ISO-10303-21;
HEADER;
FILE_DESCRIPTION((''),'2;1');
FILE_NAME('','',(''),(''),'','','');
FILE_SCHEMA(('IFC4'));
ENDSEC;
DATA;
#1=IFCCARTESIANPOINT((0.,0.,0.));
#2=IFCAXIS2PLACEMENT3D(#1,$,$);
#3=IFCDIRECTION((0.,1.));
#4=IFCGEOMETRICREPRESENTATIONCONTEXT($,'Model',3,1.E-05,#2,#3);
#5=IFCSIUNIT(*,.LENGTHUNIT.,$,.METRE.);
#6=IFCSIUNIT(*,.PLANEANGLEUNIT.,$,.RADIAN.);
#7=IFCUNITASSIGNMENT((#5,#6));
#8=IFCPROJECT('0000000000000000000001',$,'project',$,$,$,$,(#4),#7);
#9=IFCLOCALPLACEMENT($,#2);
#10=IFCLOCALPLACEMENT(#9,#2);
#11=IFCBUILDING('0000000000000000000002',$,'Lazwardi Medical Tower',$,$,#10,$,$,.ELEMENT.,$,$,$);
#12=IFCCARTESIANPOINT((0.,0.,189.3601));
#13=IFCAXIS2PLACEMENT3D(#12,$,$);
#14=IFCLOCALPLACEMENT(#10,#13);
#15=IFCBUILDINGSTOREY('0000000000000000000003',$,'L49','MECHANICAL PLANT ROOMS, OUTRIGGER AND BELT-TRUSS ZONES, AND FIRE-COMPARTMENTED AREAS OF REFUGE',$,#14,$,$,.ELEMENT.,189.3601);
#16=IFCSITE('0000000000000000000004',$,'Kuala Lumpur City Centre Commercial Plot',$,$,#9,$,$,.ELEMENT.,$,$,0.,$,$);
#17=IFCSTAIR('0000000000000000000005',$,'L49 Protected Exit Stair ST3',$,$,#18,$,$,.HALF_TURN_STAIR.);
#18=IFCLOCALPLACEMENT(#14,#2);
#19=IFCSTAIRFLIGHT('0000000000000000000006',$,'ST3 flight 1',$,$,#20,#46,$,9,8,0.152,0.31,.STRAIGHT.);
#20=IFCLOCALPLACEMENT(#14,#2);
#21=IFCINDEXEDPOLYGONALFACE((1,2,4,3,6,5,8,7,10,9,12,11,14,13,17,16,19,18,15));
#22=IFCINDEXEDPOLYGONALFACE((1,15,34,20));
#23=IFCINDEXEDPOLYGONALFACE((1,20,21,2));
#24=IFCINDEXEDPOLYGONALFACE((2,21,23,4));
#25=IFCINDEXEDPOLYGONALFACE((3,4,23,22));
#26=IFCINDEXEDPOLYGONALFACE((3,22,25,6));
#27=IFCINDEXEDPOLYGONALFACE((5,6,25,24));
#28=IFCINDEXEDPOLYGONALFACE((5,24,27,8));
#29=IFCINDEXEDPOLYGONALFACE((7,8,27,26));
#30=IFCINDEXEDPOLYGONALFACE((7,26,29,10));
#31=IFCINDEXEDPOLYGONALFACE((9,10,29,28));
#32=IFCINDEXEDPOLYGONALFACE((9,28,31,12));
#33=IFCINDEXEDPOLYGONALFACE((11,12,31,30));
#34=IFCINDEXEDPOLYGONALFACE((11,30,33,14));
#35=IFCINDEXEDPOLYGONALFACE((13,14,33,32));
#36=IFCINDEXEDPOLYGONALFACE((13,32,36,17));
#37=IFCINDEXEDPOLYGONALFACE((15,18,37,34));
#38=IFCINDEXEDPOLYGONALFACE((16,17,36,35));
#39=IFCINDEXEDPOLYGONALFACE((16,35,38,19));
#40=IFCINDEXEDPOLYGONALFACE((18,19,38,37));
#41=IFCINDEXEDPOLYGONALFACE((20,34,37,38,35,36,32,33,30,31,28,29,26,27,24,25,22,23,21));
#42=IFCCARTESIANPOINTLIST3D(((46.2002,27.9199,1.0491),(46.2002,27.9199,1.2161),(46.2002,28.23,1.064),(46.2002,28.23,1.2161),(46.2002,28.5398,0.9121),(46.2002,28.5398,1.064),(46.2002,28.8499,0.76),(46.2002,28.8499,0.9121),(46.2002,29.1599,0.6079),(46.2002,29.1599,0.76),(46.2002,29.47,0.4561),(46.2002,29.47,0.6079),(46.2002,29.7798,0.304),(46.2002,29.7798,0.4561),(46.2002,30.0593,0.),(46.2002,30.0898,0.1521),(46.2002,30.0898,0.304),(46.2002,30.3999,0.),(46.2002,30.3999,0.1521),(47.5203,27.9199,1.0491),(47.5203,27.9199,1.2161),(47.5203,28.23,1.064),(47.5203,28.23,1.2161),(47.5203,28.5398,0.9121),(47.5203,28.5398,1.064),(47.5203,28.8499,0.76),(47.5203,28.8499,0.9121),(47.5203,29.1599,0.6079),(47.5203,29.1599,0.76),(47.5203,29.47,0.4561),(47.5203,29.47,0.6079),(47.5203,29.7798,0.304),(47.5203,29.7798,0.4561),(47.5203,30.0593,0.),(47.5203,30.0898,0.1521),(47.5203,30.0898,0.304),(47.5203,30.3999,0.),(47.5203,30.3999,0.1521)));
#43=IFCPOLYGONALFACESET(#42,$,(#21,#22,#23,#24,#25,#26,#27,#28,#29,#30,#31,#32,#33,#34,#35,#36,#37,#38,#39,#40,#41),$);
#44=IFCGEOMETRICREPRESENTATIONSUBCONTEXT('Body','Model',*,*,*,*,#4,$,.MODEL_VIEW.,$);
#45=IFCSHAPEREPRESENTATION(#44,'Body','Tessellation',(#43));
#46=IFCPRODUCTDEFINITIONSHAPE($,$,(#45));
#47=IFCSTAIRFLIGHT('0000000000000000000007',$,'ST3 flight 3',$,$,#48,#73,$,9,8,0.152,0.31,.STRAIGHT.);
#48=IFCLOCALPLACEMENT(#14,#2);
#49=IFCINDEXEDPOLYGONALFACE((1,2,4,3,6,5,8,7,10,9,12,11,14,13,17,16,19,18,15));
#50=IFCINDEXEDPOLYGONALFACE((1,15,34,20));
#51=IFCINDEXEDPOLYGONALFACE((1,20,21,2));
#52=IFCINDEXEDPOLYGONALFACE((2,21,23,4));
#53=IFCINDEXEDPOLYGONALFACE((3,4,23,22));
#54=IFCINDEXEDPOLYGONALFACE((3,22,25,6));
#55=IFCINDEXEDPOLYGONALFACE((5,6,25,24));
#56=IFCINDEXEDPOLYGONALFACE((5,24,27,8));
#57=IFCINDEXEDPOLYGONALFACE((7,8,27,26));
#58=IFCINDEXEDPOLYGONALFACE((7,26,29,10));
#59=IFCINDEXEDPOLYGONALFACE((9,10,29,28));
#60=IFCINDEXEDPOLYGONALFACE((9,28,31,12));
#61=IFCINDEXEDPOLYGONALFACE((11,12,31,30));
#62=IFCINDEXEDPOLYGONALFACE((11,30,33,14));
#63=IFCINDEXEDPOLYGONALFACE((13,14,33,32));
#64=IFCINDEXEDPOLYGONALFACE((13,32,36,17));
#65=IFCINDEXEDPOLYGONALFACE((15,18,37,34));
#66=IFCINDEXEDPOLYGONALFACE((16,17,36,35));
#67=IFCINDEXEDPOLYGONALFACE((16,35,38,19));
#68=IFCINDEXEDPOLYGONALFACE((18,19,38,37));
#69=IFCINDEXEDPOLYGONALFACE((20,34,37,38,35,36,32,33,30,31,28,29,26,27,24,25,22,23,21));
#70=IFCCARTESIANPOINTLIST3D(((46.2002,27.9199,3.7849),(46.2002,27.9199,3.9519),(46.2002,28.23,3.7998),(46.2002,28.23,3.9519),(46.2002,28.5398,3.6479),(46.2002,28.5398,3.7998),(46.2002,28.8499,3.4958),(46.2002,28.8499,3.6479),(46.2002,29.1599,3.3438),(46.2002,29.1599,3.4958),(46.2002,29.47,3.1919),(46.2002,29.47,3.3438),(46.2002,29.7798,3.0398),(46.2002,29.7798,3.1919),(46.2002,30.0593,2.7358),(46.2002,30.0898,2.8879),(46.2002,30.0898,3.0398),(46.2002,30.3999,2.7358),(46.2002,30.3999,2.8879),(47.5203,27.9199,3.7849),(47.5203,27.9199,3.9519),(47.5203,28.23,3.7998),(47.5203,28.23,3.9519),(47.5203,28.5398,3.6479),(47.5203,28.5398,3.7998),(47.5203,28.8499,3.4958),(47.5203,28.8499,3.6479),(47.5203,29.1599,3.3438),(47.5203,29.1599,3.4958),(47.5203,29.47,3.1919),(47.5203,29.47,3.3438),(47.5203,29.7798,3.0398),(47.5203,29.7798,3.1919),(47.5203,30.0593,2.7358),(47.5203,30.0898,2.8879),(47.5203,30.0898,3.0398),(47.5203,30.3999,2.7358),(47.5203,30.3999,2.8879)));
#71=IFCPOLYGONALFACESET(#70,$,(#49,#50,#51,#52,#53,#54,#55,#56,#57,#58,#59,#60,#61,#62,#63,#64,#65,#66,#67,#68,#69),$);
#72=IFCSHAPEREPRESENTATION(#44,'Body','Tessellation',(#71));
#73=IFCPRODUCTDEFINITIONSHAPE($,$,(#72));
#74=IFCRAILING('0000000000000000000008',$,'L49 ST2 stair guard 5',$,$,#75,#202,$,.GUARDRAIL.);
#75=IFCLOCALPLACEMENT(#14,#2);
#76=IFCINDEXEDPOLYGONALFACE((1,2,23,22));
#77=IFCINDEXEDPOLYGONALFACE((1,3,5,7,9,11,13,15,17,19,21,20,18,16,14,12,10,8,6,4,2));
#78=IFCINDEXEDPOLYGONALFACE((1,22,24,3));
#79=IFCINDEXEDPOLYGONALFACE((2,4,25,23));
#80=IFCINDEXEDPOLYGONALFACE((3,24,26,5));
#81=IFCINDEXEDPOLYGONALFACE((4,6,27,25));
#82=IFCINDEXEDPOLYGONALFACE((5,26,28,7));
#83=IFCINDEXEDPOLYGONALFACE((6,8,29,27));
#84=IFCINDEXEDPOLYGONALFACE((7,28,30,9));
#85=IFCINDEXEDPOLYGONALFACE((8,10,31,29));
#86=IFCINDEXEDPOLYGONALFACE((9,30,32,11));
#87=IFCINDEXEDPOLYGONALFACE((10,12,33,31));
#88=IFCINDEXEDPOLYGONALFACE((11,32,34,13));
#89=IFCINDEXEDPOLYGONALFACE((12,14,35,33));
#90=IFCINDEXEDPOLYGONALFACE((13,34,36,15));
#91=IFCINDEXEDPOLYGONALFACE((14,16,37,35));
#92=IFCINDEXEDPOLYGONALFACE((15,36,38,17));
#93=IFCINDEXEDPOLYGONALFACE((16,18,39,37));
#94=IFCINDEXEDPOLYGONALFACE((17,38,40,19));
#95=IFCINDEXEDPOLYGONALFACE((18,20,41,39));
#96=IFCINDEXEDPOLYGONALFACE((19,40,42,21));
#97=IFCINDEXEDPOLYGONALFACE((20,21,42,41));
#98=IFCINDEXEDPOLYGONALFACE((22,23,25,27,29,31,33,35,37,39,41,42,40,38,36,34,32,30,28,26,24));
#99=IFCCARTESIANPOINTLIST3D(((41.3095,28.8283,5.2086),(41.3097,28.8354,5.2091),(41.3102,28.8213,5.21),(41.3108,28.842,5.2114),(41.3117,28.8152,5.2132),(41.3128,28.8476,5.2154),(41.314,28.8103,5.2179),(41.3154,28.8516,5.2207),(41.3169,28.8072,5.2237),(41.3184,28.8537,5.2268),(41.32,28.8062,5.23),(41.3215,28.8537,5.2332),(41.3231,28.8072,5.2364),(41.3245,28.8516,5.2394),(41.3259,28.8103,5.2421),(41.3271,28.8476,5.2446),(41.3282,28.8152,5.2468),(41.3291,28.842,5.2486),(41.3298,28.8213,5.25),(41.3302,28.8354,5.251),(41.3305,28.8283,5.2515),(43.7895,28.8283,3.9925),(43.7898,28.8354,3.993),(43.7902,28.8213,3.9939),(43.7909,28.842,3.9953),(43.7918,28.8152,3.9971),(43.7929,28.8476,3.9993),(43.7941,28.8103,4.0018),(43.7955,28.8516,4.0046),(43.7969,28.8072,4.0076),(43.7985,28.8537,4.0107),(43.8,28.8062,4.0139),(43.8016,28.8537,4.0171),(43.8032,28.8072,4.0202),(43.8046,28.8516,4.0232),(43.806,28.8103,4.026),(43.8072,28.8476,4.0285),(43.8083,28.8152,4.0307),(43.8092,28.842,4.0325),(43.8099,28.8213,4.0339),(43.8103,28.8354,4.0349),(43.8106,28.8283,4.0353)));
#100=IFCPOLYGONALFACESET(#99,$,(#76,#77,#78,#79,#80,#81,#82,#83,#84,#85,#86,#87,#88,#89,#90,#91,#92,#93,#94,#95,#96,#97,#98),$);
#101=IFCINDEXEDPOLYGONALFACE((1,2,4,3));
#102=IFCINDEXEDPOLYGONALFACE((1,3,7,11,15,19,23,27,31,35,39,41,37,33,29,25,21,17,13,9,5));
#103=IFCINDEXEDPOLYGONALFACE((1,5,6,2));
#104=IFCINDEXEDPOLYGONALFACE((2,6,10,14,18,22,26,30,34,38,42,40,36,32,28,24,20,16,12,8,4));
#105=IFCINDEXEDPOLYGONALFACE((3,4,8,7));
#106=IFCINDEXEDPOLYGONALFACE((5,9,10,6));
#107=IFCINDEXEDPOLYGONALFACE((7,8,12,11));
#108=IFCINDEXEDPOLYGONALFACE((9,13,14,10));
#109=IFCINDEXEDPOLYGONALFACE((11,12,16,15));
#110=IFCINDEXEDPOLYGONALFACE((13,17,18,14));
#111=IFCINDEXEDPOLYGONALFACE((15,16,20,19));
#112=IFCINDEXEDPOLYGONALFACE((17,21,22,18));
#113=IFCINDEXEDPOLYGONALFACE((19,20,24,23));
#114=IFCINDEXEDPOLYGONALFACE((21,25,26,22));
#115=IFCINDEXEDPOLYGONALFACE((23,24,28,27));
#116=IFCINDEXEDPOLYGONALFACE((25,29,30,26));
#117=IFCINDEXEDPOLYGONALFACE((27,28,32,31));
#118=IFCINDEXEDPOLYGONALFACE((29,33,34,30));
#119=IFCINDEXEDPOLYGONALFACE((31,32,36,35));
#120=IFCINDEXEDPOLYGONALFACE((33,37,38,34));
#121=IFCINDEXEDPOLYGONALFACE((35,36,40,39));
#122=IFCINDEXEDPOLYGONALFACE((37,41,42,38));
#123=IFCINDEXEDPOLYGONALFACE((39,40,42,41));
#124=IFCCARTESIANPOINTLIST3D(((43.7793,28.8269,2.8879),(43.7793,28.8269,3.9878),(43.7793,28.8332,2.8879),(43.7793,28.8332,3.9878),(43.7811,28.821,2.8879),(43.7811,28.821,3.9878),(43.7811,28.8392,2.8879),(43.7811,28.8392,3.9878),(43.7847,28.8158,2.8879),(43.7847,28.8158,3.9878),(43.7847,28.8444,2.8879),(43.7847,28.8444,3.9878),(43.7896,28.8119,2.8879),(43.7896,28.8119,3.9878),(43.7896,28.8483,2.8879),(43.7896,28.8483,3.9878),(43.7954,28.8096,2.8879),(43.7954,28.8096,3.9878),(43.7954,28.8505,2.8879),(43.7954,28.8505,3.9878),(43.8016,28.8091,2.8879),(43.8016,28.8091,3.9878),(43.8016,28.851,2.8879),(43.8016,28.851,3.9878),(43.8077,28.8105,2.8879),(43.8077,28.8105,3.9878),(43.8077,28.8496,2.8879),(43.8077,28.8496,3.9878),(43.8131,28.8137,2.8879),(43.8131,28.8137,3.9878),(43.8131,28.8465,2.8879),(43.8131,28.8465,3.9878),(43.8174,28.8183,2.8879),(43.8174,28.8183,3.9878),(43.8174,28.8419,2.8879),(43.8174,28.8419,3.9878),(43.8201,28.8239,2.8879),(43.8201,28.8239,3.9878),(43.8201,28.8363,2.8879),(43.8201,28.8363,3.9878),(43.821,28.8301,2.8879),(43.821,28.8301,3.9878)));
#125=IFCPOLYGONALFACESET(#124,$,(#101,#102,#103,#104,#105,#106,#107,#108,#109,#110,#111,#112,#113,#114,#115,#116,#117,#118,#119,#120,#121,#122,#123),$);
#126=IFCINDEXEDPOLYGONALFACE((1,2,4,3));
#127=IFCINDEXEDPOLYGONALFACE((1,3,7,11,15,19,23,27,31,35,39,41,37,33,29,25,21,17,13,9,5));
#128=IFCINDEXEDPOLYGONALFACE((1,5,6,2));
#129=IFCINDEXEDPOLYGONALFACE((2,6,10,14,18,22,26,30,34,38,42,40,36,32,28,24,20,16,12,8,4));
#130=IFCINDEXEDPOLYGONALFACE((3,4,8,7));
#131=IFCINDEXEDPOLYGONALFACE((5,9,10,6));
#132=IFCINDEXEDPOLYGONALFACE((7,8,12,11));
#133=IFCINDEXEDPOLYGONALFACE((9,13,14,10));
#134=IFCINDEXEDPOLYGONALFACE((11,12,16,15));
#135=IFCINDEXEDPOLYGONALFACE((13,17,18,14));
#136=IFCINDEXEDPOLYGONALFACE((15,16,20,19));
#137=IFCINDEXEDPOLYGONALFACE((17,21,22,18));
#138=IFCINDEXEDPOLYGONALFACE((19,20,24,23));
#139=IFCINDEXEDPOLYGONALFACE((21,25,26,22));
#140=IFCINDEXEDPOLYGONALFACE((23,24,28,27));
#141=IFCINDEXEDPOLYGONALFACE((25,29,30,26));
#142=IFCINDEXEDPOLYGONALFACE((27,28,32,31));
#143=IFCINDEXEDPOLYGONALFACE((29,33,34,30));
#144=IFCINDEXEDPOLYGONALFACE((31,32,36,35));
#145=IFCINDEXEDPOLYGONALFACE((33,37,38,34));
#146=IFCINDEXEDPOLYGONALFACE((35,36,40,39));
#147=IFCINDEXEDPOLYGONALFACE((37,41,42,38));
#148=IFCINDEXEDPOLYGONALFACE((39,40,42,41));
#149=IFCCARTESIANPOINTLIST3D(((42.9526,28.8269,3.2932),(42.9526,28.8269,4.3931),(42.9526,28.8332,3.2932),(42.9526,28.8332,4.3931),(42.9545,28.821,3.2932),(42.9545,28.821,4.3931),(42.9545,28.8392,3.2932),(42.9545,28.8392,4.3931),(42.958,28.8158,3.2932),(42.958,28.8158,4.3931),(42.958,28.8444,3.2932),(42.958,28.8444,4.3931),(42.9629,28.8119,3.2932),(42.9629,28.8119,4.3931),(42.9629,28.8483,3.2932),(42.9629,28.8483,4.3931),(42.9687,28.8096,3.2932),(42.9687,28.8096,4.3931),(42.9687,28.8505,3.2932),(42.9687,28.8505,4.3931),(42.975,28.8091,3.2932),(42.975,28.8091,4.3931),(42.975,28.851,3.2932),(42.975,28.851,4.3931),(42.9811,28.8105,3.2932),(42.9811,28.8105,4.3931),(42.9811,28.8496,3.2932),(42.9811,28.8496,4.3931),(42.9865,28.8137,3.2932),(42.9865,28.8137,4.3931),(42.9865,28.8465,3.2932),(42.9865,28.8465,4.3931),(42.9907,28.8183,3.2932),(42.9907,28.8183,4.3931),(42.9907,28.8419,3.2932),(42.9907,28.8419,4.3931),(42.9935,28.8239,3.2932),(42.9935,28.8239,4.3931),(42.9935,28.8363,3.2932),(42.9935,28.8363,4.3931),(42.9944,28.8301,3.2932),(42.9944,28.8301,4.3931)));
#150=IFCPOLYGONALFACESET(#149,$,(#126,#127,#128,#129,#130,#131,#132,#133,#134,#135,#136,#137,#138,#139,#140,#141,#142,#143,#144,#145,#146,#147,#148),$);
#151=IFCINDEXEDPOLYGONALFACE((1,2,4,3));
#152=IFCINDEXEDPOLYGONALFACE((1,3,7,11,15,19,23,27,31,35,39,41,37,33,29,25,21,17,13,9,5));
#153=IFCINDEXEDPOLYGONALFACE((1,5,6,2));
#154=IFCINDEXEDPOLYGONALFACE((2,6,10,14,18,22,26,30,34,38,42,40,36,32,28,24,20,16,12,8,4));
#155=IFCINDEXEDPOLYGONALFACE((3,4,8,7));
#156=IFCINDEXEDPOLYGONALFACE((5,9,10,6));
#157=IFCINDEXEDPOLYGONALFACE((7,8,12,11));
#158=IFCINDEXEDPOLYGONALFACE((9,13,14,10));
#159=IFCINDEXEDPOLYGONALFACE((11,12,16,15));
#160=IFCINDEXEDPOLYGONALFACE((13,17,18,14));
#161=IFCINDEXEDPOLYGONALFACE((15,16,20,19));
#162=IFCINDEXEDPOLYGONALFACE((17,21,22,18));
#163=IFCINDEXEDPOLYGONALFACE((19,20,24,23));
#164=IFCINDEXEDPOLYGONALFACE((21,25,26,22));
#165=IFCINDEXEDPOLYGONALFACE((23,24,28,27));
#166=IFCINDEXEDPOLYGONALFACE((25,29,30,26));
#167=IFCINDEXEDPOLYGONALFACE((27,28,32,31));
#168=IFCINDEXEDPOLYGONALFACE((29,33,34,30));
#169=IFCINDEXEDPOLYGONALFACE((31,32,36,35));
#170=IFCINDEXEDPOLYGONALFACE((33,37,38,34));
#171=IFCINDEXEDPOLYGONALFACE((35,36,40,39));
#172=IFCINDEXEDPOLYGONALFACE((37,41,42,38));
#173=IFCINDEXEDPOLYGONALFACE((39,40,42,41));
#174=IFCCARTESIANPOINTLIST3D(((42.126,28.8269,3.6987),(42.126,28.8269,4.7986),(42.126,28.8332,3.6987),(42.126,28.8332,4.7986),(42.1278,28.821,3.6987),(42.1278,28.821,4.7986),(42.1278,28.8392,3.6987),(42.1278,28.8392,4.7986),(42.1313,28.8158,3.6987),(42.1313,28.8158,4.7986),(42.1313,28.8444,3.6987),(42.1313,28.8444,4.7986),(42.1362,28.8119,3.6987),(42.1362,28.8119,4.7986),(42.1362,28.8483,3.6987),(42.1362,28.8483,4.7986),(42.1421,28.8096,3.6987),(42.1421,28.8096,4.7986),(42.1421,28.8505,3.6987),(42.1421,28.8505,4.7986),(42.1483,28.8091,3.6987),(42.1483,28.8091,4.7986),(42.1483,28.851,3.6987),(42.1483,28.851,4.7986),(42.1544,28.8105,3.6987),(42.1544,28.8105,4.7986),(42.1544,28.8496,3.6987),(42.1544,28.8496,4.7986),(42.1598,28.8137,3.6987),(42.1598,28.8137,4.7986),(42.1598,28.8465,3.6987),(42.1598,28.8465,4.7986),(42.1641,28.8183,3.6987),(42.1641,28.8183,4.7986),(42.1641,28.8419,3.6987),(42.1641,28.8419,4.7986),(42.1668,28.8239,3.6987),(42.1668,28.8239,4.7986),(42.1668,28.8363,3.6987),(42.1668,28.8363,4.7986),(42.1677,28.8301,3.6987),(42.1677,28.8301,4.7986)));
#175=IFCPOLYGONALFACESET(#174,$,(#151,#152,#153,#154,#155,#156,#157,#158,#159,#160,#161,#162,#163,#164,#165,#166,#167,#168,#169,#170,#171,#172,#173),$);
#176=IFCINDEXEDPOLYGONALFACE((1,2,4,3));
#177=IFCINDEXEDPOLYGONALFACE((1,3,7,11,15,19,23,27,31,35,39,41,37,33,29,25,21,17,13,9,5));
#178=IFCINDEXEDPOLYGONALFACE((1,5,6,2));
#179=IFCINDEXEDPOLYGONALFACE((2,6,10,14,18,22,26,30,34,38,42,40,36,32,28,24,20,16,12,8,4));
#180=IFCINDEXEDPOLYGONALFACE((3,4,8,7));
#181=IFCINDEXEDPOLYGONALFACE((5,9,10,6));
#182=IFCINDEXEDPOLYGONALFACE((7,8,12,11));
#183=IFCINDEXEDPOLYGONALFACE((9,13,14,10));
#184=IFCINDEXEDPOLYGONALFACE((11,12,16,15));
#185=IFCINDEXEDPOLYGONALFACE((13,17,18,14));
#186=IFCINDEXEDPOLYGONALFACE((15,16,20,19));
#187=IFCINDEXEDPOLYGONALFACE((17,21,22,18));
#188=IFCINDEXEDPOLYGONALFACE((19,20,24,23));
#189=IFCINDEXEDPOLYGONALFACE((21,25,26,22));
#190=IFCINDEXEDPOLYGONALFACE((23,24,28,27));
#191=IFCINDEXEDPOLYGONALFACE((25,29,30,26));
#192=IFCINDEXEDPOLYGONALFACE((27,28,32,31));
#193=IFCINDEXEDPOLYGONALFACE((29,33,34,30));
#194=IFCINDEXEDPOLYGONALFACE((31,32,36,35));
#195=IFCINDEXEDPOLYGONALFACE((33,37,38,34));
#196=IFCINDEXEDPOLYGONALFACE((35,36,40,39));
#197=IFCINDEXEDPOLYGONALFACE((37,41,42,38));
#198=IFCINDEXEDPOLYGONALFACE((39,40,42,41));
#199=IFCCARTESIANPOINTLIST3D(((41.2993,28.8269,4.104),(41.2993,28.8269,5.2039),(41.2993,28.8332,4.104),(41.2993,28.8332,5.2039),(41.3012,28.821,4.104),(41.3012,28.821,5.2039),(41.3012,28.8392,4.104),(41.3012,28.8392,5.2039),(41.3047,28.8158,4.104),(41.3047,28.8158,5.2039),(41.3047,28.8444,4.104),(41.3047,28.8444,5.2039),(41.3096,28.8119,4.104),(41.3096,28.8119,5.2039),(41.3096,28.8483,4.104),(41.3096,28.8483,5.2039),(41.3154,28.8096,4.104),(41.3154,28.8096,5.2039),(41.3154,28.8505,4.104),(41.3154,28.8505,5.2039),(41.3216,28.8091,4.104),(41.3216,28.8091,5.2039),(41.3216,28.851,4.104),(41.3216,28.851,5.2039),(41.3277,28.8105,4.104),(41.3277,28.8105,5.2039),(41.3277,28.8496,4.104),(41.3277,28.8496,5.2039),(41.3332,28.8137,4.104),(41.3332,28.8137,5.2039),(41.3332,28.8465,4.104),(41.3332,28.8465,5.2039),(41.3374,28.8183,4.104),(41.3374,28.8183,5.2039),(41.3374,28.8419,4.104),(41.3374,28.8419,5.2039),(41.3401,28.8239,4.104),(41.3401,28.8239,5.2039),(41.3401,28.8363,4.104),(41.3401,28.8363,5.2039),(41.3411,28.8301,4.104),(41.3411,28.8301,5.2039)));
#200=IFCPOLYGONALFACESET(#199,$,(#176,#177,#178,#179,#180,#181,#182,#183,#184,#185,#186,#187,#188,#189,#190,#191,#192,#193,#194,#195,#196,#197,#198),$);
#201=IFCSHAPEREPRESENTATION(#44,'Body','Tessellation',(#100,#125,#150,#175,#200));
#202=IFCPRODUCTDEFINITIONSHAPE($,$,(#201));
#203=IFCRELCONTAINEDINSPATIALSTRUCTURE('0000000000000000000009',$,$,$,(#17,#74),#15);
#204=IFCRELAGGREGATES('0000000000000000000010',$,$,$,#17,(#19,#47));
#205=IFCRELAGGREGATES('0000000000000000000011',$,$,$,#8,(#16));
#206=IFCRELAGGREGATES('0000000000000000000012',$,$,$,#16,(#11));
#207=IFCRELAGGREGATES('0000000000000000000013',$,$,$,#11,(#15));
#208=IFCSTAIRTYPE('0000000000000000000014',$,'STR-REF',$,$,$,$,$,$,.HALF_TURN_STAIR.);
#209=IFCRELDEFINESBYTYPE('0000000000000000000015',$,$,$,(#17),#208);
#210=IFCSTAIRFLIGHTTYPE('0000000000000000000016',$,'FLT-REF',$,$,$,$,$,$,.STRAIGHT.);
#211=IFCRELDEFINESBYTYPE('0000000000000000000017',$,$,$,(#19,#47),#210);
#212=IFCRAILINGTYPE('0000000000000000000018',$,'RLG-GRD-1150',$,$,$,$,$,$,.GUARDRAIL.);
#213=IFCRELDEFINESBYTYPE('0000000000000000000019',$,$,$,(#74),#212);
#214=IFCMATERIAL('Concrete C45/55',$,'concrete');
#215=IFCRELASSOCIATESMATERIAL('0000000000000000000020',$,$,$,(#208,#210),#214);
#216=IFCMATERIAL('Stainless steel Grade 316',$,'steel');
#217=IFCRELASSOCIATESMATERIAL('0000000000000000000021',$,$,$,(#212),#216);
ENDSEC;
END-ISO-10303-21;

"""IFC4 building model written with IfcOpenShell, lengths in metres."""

from ifc_helpers import new_model, si_unit, direction, frame, origin, origin_2d, place, context, subcontext, project, spatial, polyline, circle, outline, extrude, material, type_object, element, aggregate, save


model = new_model("IFC4")

# Units and contexts
model_context = context("Model", 3, precision=1e-05, world=origin(), true_north=direction((0.0, 1.0)))
body_context = subcontext(model_context, "Body", "Model", "MODEL_VIEW")
ifc_project = project(units=[si_unit("LENGTHUNIT", "METRE"), si_unit("PLANEANGLEUNIT", "RADIAN")], contexts=[model_context])

# Site, building, storey
site_placement = place(None, origin())
site = spatial("IfcSite", under=ifc_project, at=site_placement, Name="Kuala Lumpur City Centre Commercial Plot", CompositionType="ELEMENT", RefElevation=0.0)
building_placement = place(site_placement, origin())
building = spatial("IfcBuilding", under=site, at=building_placement, Name="Lazwardi Medical Tower", CompositionType="ELEMENT")
storey_placement = place(building_placement, frame((0.0, 0.0, 189.3601)))
storey = spatial("IfcBuildingStorey", under=building, at=storey_placement, Name="L49", Description="MECHANICAL PLANT ROOMS, OUTRIGGER AND BELT-TRUSS ZONES, AND FIRE-COMPARTMENTED AREAS OF REFUGE", CompositionType="ELEMENT", Elevation=189.3601)

# Stair, stair flights
ifc_material_1 = material(Name="Concrete C45/55", Category="concrete")
stair_type = type_object("IfcStairType", Name="STR-REF", PredefinedType="HALF_TURN_STAIR", material=ifc_material_1)
stair_flight_type = type_object("IfcStairFlightType", Name="FLT-REF", PredefinedType="STRAIGHT", material=ifc_material_1)
stair_1_placement = place(storey_placement, origin())
stair_1 = element("IfcStair", 1, at=stair_1_placement, inside=storey, type_object=stair_type, Name="L49 Protected Exit Stair ST3", PredefinedType="HALF_TURN_STAIR")
stair_flight_1_placement = place(storey_placement, frame((46.8601, 30.3999, 0.0), z_axis=(0.0, 0.0, 1.0), x_axis=(0.0, -1.0, 0.0)))
stair_flight_1 = element("IfcStairFlight", 2, at=stair_flight_1_placement, type_object=stair_flight_type, Name="ST3 flight 1", NumberOfRisers=9, NumberOfTreads=8, PredefinedType="STRAIGHT", RiserHeight=0.152, TreadLength=0.31, context=body_context, shape_type="SweptSolid", body=[
    extrude(outline(polyline([(0.0, 0.0), (0.0, 0.1521), (0.3101, 0.1521), (0.3101, 0.304), (0.6201, 0.304), (0.6201, 0.4561), (0.9299, 0.4561), (0.9299, 0.6079), (1.24, 0.6079), (1.24, 0.76), (1.55, 0.76), (1.55, 0.9121), (1.8601, 0.9121), (1.8601, 1.064), (2.1699, 1.064), (2.1699, 1.2161), (2.48, 1.2161), (2.48, 1.3679), (2.48, 1.0491), (0.3406, 0.0), (0.0, 0.0)])), frame((0.0, 0.6602, 0.0), z_axis=(0.0, -1.0, 0.0), x_axis=(1.0, 0.0, 0.0)), (0.0, 0.0, 1.0), 1.3201),
])
stair_flight_2_placement = place(storey_placement, frame((46.8601, 30.3999, 2.7358), z_axis=(0.0, 0.0, 1.0), x_axis=(0.0, -1.0, 0.0)))
stair_flight_2 = element("IfcStairFlight", 3, at=stair_flight_2_placement, type_object=stair_flight_type, Name="ST3 flight 3", NumberOfRisers=9, NumberOfTreads=8, PredefinedType="STRAIGHT", RiserHeight=0.152, TreadLength=0.31, context=body_context, shape_type="SweptSolid", body=[
    extrude(outline(polyline([(0.0, 0.0), (0.0, 0.1521), (0.3101, 0.1521), (0.3101, 0.304), (0.6201, 0.304), (0.6201, 0.4561), (0.9299, 0.4561), (0.9299, 0.6079), (1.24, 0.6079), (1.24, 0.76), (1.55, 0.76), (1.55, 0.9121), (1.8601, 0.9121), (1.8601, 1.064), (2.1699, 1.064), (2.1699, 1.2161), (2.48, 1.2161), (2.48, 1.3679), (2.48, 1.0491), (0.3406, 0.0), (0.0, 0.0)])), frame((0.0, 0.6602, 0.0), z_axis=(0.0, -1.0, 0.0), x_axis=(1.0, 0.0, 0.0)), (0.0, 0.0, 1.0), 1.3201),
])
aggregate(stair_1, [stair_flight_1, stair_flight_2])

# Railing
ifc_material_2 = material(Name="Stainless steel Grade 316", Category="steel")
railing_type_1 = type_object("IfcRailingType", Name="RLG-GRD-1150", PredefinedType="GUARDRAIL", material=ifc_material_2)
railing_1_placement = place(storey_placement, frame((43.8, 28.8301, 2.8879)))
element("IfcRailing", 4, at=railing_1_placement, inside=storey, type_object=railing_type_1, Name="L49 ST2 stair guard 5", PredefinedType="GUARDRAIL", context=body_context, shape_type="SweptSolid", body=[
    extrude(circle(Radius=0.0239, at=origin_2d()), frame((0.0, 0.0, 1.126), z_axis=(-0.897865, 0.0, 0.44027), x_axis=(0.0, -1.0, 0.0)), (0.0, 0.0, 1.0), 2.7622),
    extrude(circle(Radius=0.021, at=origin_2d()), origin(), (0.0, 0.0, 1.0), 1.0999),
    extrude(circle(Radius=0.021, at=origin_2d()), frame((-0.8267, 0.0, 0.4053)), (0.0, 0.0, 1.0), 1.0999),
    extrude(circle(Radius=0.021, at=origin_2d()), frame((-1.6533, 0.0, 0.8108)), (0.0, 0.0, 1.0), 1.0999),
    extrude(circle(Radius=0.021, at=origin_2d()), frame((-2.48, 0.0, 1.2161)), (0.0, 0.0, 1.0), 1.0999),
])

save(model, "model.ifc")
